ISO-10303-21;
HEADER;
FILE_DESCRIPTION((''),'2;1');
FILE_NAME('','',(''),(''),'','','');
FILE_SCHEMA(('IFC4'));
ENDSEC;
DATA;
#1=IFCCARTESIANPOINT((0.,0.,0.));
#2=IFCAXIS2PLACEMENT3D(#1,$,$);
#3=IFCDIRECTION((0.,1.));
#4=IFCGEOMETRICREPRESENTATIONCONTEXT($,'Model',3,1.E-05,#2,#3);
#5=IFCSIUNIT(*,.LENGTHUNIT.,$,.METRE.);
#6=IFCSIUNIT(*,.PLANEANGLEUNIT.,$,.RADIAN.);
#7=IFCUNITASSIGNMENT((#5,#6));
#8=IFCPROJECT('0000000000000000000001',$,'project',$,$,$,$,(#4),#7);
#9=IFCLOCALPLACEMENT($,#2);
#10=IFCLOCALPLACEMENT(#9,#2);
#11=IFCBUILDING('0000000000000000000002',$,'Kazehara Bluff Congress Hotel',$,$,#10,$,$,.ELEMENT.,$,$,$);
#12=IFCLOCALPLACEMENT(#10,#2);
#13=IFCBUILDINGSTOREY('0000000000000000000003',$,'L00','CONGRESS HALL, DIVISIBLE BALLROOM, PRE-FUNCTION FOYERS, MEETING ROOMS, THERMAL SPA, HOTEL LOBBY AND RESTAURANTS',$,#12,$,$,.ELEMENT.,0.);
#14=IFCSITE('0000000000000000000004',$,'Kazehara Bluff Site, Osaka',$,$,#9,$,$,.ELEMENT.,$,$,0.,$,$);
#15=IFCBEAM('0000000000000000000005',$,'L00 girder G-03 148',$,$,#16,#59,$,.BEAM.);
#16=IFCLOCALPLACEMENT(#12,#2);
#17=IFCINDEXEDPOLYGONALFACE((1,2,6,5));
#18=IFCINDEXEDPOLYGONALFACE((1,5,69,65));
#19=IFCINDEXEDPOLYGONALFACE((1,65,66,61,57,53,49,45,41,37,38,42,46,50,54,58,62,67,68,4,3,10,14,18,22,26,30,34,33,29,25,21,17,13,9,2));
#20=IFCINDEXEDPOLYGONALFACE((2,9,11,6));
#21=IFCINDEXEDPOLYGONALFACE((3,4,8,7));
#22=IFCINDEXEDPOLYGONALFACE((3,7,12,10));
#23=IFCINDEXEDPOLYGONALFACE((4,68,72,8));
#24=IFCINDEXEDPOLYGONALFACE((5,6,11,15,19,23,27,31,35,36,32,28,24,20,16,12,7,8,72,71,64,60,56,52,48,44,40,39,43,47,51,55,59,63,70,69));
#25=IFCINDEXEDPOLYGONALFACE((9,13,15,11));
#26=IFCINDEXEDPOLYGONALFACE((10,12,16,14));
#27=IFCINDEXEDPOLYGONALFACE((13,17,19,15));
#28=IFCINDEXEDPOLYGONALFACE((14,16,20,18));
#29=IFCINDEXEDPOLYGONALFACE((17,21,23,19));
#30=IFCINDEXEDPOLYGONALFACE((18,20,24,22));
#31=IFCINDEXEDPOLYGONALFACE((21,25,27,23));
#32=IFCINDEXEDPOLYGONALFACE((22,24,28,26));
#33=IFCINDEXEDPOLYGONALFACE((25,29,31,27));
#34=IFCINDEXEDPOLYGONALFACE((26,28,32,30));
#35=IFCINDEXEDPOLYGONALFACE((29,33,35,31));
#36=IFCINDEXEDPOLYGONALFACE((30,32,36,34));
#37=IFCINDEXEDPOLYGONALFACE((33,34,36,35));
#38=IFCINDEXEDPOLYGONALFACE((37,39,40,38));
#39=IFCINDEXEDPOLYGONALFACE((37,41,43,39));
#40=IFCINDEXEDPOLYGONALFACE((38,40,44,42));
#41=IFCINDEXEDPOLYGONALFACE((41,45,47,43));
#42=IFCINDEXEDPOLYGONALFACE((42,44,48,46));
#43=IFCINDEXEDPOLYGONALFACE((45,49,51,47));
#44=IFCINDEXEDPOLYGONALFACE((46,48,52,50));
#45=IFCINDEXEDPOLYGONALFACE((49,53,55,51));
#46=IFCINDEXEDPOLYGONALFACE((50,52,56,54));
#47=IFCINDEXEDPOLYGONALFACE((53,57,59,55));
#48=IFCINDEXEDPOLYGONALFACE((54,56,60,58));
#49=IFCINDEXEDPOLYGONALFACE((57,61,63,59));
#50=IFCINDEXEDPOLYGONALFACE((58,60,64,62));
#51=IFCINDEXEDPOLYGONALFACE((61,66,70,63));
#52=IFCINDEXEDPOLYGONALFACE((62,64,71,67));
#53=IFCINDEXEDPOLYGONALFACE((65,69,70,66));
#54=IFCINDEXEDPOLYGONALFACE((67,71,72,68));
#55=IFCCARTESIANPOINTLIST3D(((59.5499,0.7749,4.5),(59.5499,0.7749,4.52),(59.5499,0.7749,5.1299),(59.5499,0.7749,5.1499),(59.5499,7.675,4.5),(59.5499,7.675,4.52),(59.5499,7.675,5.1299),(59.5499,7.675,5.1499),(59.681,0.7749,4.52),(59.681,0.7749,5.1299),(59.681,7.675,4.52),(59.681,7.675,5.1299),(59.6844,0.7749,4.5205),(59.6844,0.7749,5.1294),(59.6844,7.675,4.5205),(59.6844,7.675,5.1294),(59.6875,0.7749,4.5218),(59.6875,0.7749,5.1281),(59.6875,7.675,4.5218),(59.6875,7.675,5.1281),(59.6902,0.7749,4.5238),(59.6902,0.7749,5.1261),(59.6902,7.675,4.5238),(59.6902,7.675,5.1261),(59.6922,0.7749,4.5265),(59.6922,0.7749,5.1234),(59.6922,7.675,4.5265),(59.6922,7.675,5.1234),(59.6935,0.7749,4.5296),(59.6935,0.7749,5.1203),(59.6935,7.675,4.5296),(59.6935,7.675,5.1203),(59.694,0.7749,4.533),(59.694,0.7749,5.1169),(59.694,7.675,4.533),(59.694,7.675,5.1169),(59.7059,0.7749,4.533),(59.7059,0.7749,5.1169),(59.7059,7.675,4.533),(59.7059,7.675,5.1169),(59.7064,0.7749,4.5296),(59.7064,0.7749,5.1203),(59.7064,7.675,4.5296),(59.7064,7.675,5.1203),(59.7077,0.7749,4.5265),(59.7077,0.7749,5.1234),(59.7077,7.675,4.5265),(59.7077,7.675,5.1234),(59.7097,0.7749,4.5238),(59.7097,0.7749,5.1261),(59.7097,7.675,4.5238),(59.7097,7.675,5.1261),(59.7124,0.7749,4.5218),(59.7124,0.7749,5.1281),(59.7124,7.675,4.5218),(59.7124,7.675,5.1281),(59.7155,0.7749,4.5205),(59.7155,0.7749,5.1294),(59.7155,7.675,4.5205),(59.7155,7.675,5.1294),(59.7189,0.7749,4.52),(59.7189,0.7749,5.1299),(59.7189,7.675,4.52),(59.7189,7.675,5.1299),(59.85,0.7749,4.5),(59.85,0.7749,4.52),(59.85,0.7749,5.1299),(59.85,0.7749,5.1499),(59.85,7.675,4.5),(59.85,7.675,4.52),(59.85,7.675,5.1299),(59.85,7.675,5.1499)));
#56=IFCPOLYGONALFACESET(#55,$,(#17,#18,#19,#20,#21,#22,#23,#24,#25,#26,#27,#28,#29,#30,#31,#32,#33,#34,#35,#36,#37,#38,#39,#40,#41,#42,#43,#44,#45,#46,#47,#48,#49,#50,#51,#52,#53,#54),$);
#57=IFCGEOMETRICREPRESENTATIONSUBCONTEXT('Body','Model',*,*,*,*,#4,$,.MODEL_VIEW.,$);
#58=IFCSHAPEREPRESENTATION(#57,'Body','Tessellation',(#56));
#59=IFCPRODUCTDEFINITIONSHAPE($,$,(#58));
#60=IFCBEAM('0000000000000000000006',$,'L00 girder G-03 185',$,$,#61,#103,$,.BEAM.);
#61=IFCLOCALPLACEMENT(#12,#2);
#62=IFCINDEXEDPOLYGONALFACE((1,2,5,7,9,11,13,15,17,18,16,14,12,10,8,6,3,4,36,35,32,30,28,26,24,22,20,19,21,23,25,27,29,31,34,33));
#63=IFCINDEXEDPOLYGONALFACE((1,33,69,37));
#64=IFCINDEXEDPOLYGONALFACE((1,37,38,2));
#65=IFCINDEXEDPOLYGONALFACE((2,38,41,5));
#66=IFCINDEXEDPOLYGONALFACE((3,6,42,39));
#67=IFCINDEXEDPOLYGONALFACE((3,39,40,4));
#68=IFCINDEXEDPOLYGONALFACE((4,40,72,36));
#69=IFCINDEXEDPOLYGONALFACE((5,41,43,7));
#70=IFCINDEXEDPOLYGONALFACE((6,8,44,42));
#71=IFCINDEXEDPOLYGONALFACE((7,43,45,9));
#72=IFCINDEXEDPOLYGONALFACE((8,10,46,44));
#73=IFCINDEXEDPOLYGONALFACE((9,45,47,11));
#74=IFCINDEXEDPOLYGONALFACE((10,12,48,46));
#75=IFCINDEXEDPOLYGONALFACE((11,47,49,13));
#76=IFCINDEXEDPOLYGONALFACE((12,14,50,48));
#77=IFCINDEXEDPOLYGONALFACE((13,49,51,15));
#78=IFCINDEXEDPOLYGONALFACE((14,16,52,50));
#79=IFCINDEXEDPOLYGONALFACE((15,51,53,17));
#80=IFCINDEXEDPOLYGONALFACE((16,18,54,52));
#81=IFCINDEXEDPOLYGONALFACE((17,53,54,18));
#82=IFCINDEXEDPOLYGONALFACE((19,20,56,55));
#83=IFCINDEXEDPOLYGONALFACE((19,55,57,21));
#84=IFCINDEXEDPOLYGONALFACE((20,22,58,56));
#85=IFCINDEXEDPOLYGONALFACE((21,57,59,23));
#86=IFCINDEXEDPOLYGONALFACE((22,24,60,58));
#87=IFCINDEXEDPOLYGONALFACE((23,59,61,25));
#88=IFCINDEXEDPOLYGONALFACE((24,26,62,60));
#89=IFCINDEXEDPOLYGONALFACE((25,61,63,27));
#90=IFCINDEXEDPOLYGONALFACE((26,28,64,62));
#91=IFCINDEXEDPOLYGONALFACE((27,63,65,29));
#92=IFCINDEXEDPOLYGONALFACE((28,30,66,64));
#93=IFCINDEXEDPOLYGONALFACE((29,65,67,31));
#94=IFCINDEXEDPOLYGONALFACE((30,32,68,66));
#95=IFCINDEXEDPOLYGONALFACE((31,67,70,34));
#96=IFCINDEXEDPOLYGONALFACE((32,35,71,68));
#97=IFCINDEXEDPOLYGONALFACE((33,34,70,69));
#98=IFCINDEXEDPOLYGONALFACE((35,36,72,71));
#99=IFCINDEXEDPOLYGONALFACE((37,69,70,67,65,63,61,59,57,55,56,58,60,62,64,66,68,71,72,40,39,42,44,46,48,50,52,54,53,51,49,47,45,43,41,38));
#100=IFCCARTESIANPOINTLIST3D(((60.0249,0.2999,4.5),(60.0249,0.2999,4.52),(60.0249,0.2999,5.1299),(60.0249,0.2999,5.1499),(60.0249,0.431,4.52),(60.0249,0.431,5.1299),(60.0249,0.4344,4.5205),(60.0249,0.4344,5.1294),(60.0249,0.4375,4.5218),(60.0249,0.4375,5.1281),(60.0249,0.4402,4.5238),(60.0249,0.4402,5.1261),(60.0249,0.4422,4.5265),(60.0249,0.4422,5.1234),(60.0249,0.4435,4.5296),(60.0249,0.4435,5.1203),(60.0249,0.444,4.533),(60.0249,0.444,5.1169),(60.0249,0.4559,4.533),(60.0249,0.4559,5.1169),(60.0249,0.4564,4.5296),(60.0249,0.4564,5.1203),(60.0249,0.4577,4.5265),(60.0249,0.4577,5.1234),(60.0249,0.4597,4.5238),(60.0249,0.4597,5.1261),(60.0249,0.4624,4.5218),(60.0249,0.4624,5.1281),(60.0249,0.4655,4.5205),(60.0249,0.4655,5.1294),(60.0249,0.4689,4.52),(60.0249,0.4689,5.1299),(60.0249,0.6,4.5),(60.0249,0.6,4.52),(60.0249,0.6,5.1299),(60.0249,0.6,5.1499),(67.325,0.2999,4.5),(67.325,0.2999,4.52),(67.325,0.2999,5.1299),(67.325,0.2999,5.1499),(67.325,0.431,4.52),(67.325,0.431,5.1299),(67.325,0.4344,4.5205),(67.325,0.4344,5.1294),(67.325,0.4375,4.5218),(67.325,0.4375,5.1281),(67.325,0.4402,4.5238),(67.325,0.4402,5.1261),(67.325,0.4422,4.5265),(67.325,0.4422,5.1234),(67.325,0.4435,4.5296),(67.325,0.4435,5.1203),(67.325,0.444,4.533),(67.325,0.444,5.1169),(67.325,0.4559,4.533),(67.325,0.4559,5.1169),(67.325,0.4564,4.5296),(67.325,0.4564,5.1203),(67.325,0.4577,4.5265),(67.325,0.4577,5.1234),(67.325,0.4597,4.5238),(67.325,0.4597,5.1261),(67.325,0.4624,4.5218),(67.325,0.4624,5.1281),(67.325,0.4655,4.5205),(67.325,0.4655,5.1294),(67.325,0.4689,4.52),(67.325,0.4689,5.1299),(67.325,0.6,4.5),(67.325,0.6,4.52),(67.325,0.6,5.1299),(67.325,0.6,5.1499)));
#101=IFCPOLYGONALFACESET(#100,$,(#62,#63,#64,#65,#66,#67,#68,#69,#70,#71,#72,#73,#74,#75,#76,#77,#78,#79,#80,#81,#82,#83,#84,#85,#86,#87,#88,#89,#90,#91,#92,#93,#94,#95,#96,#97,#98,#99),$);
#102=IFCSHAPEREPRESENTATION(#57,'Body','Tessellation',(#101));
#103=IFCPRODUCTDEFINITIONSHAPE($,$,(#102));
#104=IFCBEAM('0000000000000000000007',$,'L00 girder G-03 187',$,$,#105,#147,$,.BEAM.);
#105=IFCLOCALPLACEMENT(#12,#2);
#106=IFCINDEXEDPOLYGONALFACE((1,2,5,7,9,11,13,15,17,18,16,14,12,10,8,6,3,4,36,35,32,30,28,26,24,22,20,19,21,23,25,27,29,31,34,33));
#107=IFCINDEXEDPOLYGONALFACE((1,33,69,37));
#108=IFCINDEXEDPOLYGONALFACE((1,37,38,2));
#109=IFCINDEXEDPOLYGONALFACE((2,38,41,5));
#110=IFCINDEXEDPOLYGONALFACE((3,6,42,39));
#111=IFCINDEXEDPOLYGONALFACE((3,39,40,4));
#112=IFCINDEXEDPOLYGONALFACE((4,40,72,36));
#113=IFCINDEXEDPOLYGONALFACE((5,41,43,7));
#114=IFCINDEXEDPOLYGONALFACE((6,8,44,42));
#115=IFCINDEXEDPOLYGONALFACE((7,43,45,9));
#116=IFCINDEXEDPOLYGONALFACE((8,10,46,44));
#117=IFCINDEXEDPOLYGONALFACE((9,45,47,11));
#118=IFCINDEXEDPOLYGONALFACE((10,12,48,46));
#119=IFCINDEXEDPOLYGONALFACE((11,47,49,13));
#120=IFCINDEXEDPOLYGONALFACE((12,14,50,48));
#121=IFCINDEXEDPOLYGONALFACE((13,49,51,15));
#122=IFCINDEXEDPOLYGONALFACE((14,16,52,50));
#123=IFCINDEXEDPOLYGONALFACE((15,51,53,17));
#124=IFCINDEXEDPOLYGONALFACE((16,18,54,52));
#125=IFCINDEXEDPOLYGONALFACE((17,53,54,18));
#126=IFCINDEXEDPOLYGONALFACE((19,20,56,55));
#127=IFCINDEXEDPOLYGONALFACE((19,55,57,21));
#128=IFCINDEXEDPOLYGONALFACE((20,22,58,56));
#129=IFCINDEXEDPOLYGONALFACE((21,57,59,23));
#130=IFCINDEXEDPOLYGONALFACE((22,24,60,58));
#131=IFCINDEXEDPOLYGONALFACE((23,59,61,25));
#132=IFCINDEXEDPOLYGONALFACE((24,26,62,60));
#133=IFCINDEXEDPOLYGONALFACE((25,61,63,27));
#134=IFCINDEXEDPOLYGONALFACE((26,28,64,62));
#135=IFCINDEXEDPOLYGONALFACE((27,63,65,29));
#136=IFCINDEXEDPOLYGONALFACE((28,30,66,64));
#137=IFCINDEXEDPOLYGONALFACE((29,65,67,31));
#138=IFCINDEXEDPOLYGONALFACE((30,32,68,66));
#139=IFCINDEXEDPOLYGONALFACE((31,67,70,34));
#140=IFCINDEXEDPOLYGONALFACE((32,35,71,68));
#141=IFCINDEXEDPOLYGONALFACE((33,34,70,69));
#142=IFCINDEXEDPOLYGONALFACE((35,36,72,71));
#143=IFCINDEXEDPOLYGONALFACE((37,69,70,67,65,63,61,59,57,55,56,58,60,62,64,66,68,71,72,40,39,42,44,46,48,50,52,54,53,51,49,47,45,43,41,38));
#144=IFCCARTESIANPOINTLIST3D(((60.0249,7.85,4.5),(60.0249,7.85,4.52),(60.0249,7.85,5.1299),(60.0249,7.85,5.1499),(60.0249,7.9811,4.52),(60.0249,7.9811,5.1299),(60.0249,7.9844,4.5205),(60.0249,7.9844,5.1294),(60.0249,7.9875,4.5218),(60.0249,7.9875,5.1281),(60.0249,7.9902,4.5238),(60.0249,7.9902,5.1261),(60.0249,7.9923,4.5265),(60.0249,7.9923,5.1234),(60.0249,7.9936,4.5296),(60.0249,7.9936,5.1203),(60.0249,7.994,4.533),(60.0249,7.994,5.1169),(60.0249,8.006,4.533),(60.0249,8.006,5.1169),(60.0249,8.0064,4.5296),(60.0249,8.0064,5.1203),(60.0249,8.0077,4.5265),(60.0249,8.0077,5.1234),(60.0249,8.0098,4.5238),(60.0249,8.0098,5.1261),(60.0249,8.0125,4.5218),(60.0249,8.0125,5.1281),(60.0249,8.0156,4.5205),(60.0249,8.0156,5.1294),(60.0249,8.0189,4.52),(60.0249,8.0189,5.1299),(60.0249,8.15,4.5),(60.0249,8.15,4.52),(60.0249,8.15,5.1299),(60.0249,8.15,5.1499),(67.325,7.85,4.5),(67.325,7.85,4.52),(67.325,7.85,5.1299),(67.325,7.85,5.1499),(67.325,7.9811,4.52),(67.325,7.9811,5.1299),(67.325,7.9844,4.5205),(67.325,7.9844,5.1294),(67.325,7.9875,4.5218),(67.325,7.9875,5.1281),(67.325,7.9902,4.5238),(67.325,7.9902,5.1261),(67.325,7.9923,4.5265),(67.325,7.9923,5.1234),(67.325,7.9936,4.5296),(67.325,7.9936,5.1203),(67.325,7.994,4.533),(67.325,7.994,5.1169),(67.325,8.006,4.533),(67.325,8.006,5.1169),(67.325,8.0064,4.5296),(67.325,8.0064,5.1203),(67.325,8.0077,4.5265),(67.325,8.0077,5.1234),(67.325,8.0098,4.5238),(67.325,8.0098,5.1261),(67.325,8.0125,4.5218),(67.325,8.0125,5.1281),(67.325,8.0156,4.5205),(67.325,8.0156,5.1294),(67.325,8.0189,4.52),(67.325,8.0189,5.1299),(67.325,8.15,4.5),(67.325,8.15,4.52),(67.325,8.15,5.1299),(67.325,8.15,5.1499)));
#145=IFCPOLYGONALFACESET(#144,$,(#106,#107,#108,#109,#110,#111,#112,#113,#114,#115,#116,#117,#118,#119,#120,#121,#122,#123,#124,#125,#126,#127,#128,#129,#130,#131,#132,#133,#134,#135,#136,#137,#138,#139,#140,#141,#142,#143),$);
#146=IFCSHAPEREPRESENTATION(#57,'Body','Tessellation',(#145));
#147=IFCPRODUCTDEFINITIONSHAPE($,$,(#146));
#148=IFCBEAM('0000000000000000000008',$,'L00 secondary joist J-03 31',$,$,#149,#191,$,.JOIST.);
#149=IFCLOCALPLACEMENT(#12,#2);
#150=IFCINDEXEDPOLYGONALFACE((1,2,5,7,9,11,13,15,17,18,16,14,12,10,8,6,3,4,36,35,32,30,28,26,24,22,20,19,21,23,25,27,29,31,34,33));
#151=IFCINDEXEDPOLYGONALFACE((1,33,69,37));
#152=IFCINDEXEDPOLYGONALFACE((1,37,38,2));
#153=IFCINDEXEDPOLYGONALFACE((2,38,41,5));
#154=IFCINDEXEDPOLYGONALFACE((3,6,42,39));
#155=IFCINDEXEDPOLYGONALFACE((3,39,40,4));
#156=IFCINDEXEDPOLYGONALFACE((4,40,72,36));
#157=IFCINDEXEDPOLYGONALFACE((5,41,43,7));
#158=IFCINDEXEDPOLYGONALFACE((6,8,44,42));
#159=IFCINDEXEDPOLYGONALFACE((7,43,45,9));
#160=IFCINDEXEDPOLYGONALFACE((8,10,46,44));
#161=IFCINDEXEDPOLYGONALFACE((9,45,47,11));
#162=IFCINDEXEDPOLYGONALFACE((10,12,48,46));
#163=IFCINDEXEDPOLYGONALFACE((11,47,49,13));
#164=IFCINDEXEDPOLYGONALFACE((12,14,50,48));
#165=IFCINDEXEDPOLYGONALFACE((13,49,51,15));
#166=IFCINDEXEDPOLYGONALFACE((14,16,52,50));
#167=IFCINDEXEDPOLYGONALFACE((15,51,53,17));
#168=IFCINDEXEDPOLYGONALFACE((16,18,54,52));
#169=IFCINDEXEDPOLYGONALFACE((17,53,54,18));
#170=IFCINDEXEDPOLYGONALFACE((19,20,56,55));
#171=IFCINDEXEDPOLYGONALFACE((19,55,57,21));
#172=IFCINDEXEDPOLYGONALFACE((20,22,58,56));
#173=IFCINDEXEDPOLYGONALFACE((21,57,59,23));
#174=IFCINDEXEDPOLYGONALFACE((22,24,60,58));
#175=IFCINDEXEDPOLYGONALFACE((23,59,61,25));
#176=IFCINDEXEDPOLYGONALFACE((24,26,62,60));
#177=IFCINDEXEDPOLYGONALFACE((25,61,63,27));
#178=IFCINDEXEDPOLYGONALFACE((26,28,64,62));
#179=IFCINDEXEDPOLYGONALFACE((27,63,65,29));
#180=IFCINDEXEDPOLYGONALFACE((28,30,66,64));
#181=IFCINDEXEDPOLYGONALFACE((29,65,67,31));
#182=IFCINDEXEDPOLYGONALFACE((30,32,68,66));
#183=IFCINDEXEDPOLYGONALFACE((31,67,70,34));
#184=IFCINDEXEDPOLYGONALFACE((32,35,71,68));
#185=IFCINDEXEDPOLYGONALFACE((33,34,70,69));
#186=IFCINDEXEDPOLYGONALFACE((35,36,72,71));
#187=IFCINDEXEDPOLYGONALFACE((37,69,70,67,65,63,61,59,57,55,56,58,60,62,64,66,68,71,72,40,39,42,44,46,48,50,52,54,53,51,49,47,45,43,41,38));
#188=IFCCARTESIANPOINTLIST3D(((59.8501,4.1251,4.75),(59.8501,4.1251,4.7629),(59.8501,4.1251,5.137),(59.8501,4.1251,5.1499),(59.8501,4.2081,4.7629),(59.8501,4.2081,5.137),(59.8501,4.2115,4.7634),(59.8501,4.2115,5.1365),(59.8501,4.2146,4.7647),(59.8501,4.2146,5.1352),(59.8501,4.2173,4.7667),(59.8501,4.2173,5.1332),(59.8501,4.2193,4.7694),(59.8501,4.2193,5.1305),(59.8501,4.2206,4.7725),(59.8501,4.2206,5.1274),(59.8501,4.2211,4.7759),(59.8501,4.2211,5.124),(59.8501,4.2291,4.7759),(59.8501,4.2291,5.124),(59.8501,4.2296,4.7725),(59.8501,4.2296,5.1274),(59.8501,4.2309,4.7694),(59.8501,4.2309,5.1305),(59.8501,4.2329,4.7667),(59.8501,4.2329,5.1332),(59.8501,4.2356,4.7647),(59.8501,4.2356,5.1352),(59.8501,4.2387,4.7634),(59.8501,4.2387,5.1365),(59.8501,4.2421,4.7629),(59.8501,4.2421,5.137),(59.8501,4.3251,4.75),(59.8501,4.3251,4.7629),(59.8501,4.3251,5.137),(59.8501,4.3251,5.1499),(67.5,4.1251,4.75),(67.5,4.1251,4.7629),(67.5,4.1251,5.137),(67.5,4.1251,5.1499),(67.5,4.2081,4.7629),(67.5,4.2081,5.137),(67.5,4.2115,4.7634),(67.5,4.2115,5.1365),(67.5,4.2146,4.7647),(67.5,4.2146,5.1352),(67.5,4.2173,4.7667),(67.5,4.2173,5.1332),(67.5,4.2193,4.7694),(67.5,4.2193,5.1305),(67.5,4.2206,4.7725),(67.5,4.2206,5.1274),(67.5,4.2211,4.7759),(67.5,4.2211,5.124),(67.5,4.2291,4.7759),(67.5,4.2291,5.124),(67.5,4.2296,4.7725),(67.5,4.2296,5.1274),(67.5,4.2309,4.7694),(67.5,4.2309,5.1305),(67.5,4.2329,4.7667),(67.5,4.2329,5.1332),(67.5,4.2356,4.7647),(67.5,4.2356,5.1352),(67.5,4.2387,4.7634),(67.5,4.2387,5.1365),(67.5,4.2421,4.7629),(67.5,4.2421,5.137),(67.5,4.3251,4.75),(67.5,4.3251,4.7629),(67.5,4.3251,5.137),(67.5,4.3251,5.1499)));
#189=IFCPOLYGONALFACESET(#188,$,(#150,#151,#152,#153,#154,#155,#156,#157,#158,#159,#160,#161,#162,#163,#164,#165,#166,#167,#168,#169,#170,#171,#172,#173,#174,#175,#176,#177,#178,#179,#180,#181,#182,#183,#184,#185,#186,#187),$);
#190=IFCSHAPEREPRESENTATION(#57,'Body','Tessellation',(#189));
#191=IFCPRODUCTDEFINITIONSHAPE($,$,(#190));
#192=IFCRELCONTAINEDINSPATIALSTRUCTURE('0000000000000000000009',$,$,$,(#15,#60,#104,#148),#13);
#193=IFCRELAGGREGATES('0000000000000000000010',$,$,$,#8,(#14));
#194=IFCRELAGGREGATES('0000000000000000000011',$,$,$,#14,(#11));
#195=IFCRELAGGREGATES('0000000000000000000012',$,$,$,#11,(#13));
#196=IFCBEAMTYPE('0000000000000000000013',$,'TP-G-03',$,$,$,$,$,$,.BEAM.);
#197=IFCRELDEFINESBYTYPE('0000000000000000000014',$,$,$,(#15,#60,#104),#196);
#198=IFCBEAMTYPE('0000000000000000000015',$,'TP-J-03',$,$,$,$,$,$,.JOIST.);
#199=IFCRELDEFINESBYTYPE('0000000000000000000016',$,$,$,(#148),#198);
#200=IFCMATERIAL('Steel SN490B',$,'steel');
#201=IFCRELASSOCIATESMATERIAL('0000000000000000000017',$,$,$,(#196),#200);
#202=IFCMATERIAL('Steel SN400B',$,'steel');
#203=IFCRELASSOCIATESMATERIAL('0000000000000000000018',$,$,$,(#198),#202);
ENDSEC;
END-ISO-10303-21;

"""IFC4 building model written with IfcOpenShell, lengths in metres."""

from ifc_helpers import new_model, si_unit, direction, frame, origin, origin_2d, place, context, subcontext, project, spatial, i_section, extrude, material, material_profile, profile_set, type_object, element, save


model = new_model("IFC4")

# Units and contexts
model_context = context("Model", 3, precision=1e-05, world=origin(), true_north=direction((0.0, 1.0)))
body_context = subcontext(model_context, "Body", "Model", "MODEL_VIEW")
ifc_project = project(units=[si_unit("LENGTHUNIT", "METRE"), si_unit("PLANEANGLEUNIT", "RADIAN")], contexts=[model_context])

# Site, building, storey
site_placement = place(None, origin())
site = spatial("IfcSite", under=ifc_project, at=site_placement, Name="Kazehara Bluff Site, Osaka", CompositionType="ELEMENT", RefElevation=0.0)
building_placement = place(site_placement, origin())
building = spatial("IfcBuilding", under=site, at=building_placement, Name="Kazehara Bluff Congress Hotel", CompositionType="ELEMENT")
storey_placement = place(building_placement, origin())
storey = spatial("IfcBuildingStorey", under=building, at=storey_placement, Name="L00", Description="CONGRESS HALL, DIVISIBLE BALLROOM, PRE-FUNCTION FOYERS, MEETING ROOMS, THERMAL SPA, HOTEL LOBBY AND RESTAURANTS", CompositionType="ELEMENT", Elevation=0.0)

# Beams
ifc_material_1 = material(Name="Steel SN490B", Category="steel")
ifc_material_profile_1 = material_profile(ifc_material_1, i_section(OverallWidth=0.3, OverallDepth=0.6499, WebThickness=0.012, FlangeThickness=0.02, FilletRadius=0.0129, at=origin_2d()))
ifc_profile_set_1 = profile_set([ifc_material_profile_1], Name="Steel SN490B")
beam_type_1 = type_object("IfcBeamType", Name="TP-G-03", PredefinedType="BEAM", material=ifc_profile_set_1)
beam_1_placement = place(storey_placement, frame((59.7, 0.7749, 4.825), z_axis=(0.0, 1.0, 0.0), x_axis=(-1.0, 0.0, 0.0)))
element("IfcBeam", 1, at=beam_1_placement, inside=storey, type_object=beam_type_1, Name="L00 girder G-03 148", PredefinedType="BEAM", context=body_context, shape_type="SweptSolid", body=[
    extrude(i_section(OverallWidth=0.3, OverallDepth=0.6499, WebThickness=0.012, FlangeThickness=0.02, FilletRadius=0.0129, at=origin_2d()), origin(), (0.0, 0.0, 1.0), 6.9001),
])
for number, where, z_axis, x_axis, name in (
    (2, (60.0249, 0.45, 4.825), (1.0, 0.0, 0.0), (0.0, 1.0, 0.0), "L00 girder G-03 185"),
    (3, (60.0249, 8.0, 4.825), (1.0, 0.0, 0.0), (0.0, 1.0, 0.0), "L00 girder G-03 187"),
):
    element("IfcBeam", number, at=place(storey_placement, frame(where, z_axis=z_axis, x_axis=x_axis)), inside=storey, type_object=beam_type_1, Name=name, PredefinedType="BEAM", context=body_context, shape_type="SweptSolid", body=[
        extrude(i_section(OverallWidth=0.3, OverallDepth=0.6499, WebThickness=0.012, FlangeThickness=0.02, FilletRadius=0.0129, at=origin_2d()), origin(), (0.0, 0.0, 1.0), 7.3),
    ])
ifc_material_2 = material(Name="Steel SN400B", Category="steel")
ifc_material_profile_2 = material_profile(ifc_material_2, i_section(OverallWidth=0.2, OverallDepth=0.3999, WebThickness=0.0081, FlangeThickness=0.0129, FilletRadius=0.0129, at=origin_2d()))
ifc_profile_set_2 = profile_set([ifc_material_profile_2], Name="Steel SN400B")
beam_type_2 = type_object("IfcBeamType", Name="TP-J-03", PredefinedType="JOIST", material=ifc_profile_set_2)
beam_2_placement = place(storey_placement, frame((59.8501, 4.2251, 4.95), z_axis=(1.0, 0.0, 0.0), x_axis=(0.0, 1.0, 0.0)))
element("IfcBeam", 4, at=beam_2_placement, inside=storey, type_object=beam_type_2, Name="L00 secondary joist J-03 31", PredefinedType="JOIST", context=body_context, shape_type="SweptSolid", body=[
    extrude(i_section(OverallWidth=0.2, OverallDepth=0.3999, WebThickness=0.0081, FlangeThickness=0.0129, FilletRadius=0.0129, at=origin_2d()), origin(), (0.0, 0.0, 1.0), 7.6499),
])

save(model, "model.ifc")
